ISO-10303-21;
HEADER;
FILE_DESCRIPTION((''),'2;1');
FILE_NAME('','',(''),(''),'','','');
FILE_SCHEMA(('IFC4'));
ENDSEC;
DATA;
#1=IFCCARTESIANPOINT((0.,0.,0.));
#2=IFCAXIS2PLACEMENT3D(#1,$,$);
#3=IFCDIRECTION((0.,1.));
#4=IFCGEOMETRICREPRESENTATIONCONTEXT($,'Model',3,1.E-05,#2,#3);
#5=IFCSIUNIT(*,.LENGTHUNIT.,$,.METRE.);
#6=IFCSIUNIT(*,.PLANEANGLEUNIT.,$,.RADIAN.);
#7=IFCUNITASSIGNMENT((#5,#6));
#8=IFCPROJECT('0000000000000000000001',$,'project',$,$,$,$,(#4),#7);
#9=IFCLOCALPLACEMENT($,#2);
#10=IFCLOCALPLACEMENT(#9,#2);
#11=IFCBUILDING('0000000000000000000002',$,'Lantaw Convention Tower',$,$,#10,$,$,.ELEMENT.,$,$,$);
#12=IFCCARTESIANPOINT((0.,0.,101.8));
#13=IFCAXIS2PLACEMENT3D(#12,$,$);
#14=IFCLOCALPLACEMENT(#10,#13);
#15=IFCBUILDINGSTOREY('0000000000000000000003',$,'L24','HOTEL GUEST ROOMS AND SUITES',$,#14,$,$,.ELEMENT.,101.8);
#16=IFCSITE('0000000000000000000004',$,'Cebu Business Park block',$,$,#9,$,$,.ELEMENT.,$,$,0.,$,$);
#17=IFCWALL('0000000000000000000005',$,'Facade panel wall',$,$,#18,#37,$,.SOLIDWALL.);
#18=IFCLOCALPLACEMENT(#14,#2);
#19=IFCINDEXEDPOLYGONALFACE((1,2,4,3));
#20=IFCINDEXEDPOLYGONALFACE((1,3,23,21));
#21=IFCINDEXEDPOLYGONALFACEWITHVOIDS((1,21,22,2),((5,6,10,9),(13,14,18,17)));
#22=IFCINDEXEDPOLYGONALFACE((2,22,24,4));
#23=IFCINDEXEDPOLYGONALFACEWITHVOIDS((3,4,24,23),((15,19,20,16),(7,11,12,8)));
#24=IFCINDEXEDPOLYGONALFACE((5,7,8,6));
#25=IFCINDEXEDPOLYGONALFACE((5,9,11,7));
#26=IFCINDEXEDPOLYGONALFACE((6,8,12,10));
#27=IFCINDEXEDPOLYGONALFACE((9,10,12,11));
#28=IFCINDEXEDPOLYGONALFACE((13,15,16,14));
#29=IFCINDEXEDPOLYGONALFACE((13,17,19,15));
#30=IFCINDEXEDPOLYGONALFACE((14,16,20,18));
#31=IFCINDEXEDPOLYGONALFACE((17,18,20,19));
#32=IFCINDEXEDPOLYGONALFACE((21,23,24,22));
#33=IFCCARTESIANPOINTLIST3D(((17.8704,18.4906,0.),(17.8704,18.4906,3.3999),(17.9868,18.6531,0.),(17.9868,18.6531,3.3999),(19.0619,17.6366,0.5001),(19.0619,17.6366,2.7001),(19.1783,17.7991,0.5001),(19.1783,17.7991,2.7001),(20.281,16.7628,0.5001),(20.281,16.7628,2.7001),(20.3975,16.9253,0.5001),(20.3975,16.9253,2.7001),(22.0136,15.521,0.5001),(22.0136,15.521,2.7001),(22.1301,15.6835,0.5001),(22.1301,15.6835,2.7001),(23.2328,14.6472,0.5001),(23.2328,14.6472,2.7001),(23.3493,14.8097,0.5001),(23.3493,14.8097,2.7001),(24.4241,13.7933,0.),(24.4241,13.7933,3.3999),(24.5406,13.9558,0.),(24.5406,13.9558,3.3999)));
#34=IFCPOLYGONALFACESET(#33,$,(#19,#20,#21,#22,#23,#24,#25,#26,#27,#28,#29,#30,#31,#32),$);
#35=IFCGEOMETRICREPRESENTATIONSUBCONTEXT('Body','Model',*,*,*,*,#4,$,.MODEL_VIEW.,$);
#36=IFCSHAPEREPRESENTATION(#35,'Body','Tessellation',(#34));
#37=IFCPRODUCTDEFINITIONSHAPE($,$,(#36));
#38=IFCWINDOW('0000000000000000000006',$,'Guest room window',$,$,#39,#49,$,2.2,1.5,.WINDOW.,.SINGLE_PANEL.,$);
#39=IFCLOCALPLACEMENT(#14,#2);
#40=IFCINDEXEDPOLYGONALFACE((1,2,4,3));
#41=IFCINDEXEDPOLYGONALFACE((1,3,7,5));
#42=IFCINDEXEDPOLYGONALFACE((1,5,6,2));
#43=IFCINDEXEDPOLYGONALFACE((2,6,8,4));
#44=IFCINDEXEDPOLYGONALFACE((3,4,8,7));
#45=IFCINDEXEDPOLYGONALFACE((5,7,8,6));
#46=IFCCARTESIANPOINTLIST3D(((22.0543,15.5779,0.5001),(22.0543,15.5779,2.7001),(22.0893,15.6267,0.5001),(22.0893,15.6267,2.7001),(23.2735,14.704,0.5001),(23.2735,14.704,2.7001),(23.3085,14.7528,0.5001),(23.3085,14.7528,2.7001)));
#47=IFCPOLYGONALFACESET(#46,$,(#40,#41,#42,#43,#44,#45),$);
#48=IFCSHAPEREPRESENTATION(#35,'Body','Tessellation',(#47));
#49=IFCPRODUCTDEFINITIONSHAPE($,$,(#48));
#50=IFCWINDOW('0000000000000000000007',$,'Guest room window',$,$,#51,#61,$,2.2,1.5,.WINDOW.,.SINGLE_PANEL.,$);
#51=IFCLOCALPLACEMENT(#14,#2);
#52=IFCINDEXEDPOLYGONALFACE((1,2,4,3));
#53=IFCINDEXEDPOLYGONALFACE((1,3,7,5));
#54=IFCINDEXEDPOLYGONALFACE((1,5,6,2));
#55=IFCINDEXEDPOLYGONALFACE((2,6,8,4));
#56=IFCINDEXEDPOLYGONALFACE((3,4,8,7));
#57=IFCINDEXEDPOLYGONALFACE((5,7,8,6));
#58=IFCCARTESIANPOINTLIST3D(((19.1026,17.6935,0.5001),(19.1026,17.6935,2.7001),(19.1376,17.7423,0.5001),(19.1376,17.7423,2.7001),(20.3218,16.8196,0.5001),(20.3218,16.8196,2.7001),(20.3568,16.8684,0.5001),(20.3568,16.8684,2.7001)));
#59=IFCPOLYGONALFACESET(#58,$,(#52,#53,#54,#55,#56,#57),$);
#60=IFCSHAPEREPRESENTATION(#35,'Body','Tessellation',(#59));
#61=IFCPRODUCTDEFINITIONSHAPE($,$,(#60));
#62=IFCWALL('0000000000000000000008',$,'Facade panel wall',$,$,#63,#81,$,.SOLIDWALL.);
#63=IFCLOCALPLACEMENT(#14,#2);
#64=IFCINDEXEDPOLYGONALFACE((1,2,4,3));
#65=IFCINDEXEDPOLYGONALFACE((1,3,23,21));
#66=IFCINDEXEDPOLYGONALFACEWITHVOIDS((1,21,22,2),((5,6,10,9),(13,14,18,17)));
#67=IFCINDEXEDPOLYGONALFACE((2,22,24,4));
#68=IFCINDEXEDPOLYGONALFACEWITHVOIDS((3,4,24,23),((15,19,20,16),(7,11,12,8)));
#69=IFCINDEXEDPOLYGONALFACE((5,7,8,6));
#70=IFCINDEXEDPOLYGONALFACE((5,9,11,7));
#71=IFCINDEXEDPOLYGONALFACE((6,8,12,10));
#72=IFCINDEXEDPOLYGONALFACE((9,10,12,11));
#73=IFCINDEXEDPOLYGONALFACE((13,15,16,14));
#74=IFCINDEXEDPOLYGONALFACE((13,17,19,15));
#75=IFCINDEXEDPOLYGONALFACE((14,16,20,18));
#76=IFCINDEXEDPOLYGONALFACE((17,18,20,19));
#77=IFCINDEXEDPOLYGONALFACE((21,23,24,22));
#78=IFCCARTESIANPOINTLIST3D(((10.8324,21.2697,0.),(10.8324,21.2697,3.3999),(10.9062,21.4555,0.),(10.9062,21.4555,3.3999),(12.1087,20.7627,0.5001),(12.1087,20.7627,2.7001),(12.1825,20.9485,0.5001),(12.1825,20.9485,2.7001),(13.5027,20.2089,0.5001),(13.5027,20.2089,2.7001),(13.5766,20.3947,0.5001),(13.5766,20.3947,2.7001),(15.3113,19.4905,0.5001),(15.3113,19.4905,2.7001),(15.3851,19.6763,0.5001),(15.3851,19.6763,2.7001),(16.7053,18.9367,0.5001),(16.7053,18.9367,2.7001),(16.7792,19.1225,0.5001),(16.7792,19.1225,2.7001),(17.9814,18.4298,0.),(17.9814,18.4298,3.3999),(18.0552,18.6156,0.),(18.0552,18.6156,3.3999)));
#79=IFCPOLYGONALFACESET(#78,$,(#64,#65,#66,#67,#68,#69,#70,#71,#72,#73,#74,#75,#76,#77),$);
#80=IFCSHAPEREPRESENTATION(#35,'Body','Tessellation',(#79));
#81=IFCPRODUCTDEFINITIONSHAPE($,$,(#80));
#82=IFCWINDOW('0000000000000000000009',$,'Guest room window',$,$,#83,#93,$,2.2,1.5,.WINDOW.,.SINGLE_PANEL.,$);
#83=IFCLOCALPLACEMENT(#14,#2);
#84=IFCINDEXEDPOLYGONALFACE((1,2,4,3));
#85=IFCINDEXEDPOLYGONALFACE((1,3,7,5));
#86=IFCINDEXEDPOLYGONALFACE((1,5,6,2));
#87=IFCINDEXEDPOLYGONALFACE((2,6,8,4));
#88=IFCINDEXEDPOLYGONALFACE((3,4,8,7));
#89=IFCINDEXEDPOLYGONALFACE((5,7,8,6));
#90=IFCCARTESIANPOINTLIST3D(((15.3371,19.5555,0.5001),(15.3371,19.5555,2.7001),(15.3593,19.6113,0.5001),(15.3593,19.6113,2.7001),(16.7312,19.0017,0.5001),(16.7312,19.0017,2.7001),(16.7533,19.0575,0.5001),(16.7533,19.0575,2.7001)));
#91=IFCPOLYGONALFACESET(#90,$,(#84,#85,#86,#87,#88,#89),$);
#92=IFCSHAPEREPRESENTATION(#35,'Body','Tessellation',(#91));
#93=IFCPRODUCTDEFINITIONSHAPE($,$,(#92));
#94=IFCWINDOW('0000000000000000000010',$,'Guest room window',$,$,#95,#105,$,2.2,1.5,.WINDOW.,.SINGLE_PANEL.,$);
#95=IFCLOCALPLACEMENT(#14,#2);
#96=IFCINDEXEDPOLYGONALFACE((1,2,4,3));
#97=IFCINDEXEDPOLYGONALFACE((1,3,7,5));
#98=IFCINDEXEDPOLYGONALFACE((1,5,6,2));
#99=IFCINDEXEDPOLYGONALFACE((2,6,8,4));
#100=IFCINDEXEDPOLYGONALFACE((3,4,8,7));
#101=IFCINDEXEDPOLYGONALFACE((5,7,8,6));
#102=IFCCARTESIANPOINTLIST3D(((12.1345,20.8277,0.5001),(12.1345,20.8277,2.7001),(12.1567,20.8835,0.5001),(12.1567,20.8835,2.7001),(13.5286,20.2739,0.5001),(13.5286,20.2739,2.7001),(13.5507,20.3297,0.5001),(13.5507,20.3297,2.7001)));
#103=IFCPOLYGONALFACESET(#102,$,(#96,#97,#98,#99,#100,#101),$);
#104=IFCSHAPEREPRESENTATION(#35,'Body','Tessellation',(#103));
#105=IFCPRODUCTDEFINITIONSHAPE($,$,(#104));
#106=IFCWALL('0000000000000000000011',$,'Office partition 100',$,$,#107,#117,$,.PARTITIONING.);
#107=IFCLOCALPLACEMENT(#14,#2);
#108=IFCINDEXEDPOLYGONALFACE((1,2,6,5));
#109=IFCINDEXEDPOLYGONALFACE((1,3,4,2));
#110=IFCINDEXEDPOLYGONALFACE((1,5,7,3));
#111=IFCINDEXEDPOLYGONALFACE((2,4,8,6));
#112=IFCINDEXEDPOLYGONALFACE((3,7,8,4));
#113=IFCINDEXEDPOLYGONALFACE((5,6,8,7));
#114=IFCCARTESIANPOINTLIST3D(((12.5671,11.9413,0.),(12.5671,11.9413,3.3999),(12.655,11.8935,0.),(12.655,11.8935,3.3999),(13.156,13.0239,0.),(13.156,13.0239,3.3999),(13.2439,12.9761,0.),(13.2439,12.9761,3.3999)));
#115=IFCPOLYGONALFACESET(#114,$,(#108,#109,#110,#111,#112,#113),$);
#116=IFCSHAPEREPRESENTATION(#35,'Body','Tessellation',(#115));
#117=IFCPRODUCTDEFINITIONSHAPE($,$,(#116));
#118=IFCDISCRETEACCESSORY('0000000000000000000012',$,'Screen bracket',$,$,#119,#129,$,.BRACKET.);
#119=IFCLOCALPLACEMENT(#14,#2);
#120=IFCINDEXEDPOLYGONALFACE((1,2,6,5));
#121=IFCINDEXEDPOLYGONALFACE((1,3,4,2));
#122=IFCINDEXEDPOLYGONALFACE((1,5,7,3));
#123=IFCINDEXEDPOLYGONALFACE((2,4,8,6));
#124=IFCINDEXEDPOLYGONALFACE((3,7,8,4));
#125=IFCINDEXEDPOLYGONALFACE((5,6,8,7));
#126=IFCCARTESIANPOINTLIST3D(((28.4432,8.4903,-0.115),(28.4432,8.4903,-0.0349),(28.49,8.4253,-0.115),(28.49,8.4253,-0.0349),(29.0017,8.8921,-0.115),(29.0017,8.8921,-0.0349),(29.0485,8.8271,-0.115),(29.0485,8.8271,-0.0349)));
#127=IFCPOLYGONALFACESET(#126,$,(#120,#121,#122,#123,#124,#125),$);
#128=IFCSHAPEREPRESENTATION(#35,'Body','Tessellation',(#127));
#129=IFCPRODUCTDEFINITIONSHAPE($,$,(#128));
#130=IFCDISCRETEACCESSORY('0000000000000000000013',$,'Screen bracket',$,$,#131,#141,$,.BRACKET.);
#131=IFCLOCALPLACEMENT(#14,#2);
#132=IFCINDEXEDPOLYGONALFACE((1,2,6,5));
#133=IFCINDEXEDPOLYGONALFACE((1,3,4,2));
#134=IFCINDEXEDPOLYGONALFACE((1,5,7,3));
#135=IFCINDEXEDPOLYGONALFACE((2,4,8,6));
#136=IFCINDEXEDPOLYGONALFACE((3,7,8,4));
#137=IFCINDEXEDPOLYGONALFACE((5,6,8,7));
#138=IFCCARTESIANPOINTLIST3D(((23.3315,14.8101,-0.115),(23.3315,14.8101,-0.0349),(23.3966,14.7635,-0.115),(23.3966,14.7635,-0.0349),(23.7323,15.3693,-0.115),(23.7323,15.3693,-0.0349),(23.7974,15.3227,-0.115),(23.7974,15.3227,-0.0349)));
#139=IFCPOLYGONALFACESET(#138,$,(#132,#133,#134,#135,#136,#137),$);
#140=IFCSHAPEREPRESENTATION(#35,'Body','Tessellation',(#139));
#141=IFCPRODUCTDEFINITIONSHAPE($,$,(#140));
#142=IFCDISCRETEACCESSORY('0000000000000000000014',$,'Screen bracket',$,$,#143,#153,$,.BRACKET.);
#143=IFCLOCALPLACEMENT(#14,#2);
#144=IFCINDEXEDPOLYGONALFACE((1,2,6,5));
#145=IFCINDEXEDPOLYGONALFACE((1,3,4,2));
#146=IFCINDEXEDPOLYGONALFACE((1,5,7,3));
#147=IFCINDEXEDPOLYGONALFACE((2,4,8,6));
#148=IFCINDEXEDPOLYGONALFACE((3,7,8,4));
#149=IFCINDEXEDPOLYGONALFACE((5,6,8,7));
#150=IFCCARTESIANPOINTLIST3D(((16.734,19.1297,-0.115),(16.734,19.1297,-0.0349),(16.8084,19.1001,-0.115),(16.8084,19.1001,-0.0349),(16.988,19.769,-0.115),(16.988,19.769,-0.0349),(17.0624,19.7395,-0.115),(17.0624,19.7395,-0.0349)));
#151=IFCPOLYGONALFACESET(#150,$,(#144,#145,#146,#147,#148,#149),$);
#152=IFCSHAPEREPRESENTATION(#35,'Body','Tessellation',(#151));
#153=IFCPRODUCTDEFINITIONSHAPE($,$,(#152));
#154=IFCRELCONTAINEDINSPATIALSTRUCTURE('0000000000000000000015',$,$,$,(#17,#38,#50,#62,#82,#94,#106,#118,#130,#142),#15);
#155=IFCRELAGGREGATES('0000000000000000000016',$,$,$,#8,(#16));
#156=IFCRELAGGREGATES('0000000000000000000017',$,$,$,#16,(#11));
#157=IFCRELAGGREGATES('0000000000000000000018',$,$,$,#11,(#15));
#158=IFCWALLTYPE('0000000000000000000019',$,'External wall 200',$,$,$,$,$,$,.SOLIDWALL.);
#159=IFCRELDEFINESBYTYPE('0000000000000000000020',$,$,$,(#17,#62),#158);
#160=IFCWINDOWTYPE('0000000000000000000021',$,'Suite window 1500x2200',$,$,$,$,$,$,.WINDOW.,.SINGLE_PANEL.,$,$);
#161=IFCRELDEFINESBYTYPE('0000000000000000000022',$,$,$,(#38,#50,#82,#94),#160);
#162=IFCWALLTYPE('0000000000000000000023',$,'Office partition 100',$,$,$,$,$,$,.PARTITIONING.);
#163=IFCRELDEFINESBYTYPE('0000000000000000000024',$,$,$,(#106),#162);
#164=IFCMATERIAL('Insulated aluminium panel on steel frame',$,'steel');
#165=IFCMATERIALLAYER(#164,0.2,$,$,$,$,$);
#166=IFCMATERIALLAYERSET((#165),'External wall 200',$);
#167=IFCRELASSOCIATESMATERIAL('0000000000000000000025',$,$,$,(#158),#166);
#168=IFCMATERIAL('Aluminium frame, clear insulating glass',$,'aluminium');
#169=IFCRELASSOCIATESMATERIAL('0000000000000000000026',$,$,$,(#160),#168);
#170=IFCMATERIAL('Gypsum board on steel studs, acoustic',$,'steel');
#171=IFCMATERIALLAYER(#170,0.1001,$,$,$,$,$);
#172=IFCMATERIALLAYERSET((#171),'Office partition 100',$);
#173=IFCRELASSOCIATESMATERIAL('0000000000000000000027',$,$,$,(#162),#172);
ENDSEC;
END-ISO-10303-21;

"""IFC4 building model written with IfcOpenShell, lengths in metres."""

from ifc_helpers import new_model, si_unit, direction, frame, frame_2d, origin, origin_2d, place, context, subcontext, project, spatial, rectangle, extrude, material, layer, layer_set, type_object, element, fill, save


model = new_model("IFC4")

# Units and contexts
model_context = context("Model", 3, precision=1e-05, world=origin(), true_north=direction((0.0, 1.0)))
body_context = subcontext(model_context, "Body", "Model", "MODEL_VIEW")
ifc_project = project(units=[si_unit("LENGTHUNIT", "METRE"), si_unit("PLANEANGLEUNIT", "RADIAN")], contexts=[model_context])

# Site, building, storey
site_placement = place(None, origin())
site = spatial("IfcSite", under=ifc_project, at=site_placement, Name="Cebu Business Park block", CompositionType="ELEMENT", RefElevation=0.0)
building_placement = place(site_placement, origin())
building = spatial("IfcBuilding", under=site, at=building_placement, Name="Lantaw Convention Tower", CompositionType="ELEMENT")
storey_placement = place(building_placement, frame((0.0, 0.0, 101.8)))
storey = spatial("IfcBuildingStorey", under=building, at=storey_placement, Name="L24", Description="HOTEL GUEST ROOMS AND SUITES", CompositionType="ELEMENT", Elevation=101.8)

# Walls, openings, windows
ifc_material_1 = material(Name="Insulated aluminium panel on steel frame", Category="steel")
ifc_layer_1 = layer(ifc_material_1, 0.2)
ifc_layer_set_1 = layer_set([ifc_layer_1], Name="External wall 200")
wall_type_1 = type_object("IfcWallType", Name="External wall 200", PredefinedType="SOLIDWALL", material=ifc_layer_set_1)
ifc_material_2 = material(Name="Aluminium frame, clear insulating glass", Category="aluminium")
window_type = type_object("IfcWindowType", Name="Suite window 1500x2200", PartitioningType="SINGLE_PANEL", PredefinedType="WINDOW", material=ifc_material_2)
wall_1_placement = place(storey_placement, frame((24.4824, 13.8745, 0.0), z_axis=(0.0, 0.0, 1.0), x_axis=(-0.812791, 0.582555, 0.0)))
wall_1 = element("IfcWall", 1, at=wall_1_placement, inside=storey, type_object=wall_type_1, Name="Facade panel wall", PredefinedType="SOLIDWALL", context=body_context, shape_type="SweptSolid", body=[
    extrude(rectangle(XDim=8.0632, YDim=0.2, at=frame_2d((4.0317, 0.0))), origin(), (0.0, 0.0, 1.0), 3.3999),
])
opening_1_placement = place(wall_1_placement, frame((1.4658, 0.0, 0.5)))
opening_1 = element("IfcOpeningElement", 2, at=opening_1_placement, cuts=wall_1, PredefinedType="OPENING", context=body_context, shape_type="SweptSolid", body=[
    extrude(rectangle(XDim=1.5, YDim=2.2, at=frame_2d((0.75, 1.1001))), frame((0.0, 0.1099, 0.0), z_axis=(0.0, -1.0, 0.0), x_axis=(1.0, 0.0, 0.0)), (0.0, 0.0, 1.0), 0.22),
])
opening_2_placement = place(wall_1_placement, frame((5.0974, 0.0, 0.5)))
opening_2 = element("IfcOpeningElement", 3, at=opening_2_placement, cuts=wall_1, PredefinedType="OPENING", context=body_context, shape_type="SweptSolid", body=[
    extrude(rectangle(XDim=1.5, YDim=2.2, at=frame_2d((0.75, 1.1001))), frame((0.0, 0.1099, 0.0), z_axis=(0.0, -1.0, 0.0), x_axis=(1.0, 0.0, 0.0)), (0.0, 0.0, 1.0), 0.22),
])
window_1_placement = place(opening_1_placement, origin())
window_1 = element("IfcWindow", 4, at=window_1_placement, inside=storey, type_object=window_type, Name="Guest room window", OverallHeight=2.2, OverallWidth=1.5, PartitioningType="SINGLE_PANEL", PredefinedType="WINDOW", context=body_context, shape_type="SweptSolid", body=[
    extrude(rectangle(XDim=1.5, YDim=2.2, at=frame_2d((0.75, 1.1001))), frame((0.0, 0.03, 0.0), z_axis=(0.0, -1.0, 0.0), x_axis=(1.0, 0.0, 0.0)), (0.0, 0.0, 1.0), 0.0601),
])
fill(opening_1, window_1)
window_2_placement = place(opening_2_placement, origin())
window_2 = element("IfcWindow", 5, at=window_2_placement, inside=storey, type_object=window_type, Name="Guest room window", OverallHeight=2.2, OverallWidth=1.5, PartitioningType="SINGLE_PANEL", PredefinedType="WINDOW", context=body_context, shape_type="SweptSolid", body=[
    extrude(rectangle(XDim=1.5, YDim=2.2, at=frame_2d((0.75, 1.1001))), frame((0.0, 0.03, 0.0), z_axis=(0.0, -1.0, 0.0), x_axis=(1.0, 0.0, 0.0)), (0.0, 0.0, 1.0), 0.0601),
])
fill(opening_2, window_2)
wall_2_placement = place(storey_placement, frame((18.0183, 18.5227, 0.0), z_axis=(0.0, 0.0, 1.0), x_axis=(-0.929358, 0.369179, 0.0)))
wall_2 = element("IfcWall", 6, at=wall_2_placement, inside=storey, type_object=wall_type_1, Name="Facade panel wall", PredefinedType="SOLIDWALL", context=body_context, shape_type="SweptSolid", body=[
    extrude(rectangle(XDim=7.6924, YDim=0.2, at=frame_2d((3.8462, 0.0))), origin(), (0.0, 0.0, 1.0), 3.3999),
])
opening_3_placement = place(wall_2_placement, frame((1.373, 0.0, 0.5)))
opening_3 = element("IfcOpeningElement", 7, at=opening_3_placement, cuts=wall_2, PredefinedType="OPENING", context=body_context, shape_type="SweptSolid", body=[
    extrude(rectangle(XDim=1.5, YDim=2.2, at=frame_2d((0.75, 1.1001))), frame((0.0, 0.1099, 0.0), z_axis=(0.0, -1.0, 0.0), x_axis=(1.0, 0.0, 0.0)), (0.0, 0.0, 1.0), 0.22),
])
opening_4_placement = place(wall_2_placement, frame((4.8191, 0.0, 0.5)))
opening_4 = element("IfcOpeningElement", 8, at=opening_4_placement, cuts=wall_2, PredefinedType="OPENING", context=body_context, shape_type="SweptSolid", body=[
    extrude(rectangle(XDim=1.5, YDim=2.2, at=frame_2d((0.75, 1.1001))), frame((0.0, 0.1099, 0.0), z_axis=(0.0, -1.0, 0.0), x_axis=(1.0, 0.0, 0.0)), (0.0, 0.0, 1.0), 0.22),
])
window_3_placement = place(opening_3_placement, origin())
window_3 = element("IfcWindow", 9, at=window_3_placement, inside=storey, type_object=window_type, Name="Guest room window", OverallHeight=2.2, OverallWidth=1.5, PartitioningType="SINGLE_PANEL", PredefinedType="WINDOW", context=body_context, shape_type="SweptSolid", body=[
    extrude(rectangle(XDim=1.5, YDim=2.2, at=frame_2d((0.75, 1.1001))), frame((0.0, 0.03, 0.0), z_axis=(0.0, -1.0, 0.0), x_axis=(1.0, 0.0, 0.0)), (0.0, 0.0, 1.0), 0.0601),
])
fill(opening_3, window_3)
window_4_placement = place(opening_4_placement, origin())
window_4 = element("IfcWindow", 10, at=window_4_placement, inside=storey, type_object=window_type, Name="Guest room window", OverallHeight=2.2, OverallWidth=1.5, PartitioningType="SINGLE_PANEL", PredefinedType="WINDOW", context=body_context, shape_type="SweptSolid", body=[
    extrude(rectangle(XDim=1.5, YDim=2.2, at=frame_2d((0.75, 1.1001))), frame((0.0, 0.03, 0.0), z_axis=(0.0, -1.0, 0.0), x_axis=(1.0, 0.0, 0.0)), (0.0, 0.0, 1.0), 0.0601),
])
fill(opening_4, window_4)

# Wall
ifc_material_3 = material(Name="Gypsum board on steel studs, acoustic", Category="steel")
ifc_layer_2 = layer(ifc_material_3, 0.1001)
ifc_layer_set_2 = layer_set([ifc_layer_2], Name="Office partition 100")
wall_type_2 = type_object("IfcWallType", Name="Office partition 100", PredefinedType="PARTITIONING", material=ifc_layer_set_2)
wall_3_placement = place(storey_placement, frame((13.2, 13.0, 0.0), z_axis=(0.0, 0.0, 1.0), x_axis=(-0.477852, -0.87844, 0.0)))
element("IfcWall", 11, at=wall_3_placement, inside=storey, type_object=wall_type_2, Name="Office partition 100", PredefinedType="PARTITIONING", context=body_context, shape_type="SweptSolid", body=[
    extrude(rectangle(XDim=1.2324, YDim=0.1001, at=frame_2d((0.6162, 0.0))), origin(), (0.0, 0.0, 1.0), 3.3999),
])

# Discrete accessories
for number, where, z_axis, x_axis, name in (
    (12, (28.7458, 8.6587, -0.115), (0.0, 0.0, 1.0), (-0.583951, 0.811789, 0.0), "Screen bracket"),
    (13, (23.5645, 15.0664, -0.115), (0.0, 0.0, 1.0), (-0.812804, 0.582538, 0.0), "Screen bracket"),
    (14, (16.8982, 19.4346, -0.115), (0.0, 0.0, 1.0), (-0.929361, 0.369172, 0.0), "Screen bracket"),
):
    element("IfcDiscreteAccessory", number, at=place(storey_placement, frame(where, z_axis=z_axis, x_axis=x_axis)), inside=storey, Name=name, PredefinedType="BRACKET", context=body_context, shape_type="SweptSolid", body=[
        extrude(rectangle(XDim=0.0801, YDim=0.688, at=origin_2d()), origin(), (0.0, 0.0, 1.0), 0.0801),
    ])

save(model, "model.ifc")
